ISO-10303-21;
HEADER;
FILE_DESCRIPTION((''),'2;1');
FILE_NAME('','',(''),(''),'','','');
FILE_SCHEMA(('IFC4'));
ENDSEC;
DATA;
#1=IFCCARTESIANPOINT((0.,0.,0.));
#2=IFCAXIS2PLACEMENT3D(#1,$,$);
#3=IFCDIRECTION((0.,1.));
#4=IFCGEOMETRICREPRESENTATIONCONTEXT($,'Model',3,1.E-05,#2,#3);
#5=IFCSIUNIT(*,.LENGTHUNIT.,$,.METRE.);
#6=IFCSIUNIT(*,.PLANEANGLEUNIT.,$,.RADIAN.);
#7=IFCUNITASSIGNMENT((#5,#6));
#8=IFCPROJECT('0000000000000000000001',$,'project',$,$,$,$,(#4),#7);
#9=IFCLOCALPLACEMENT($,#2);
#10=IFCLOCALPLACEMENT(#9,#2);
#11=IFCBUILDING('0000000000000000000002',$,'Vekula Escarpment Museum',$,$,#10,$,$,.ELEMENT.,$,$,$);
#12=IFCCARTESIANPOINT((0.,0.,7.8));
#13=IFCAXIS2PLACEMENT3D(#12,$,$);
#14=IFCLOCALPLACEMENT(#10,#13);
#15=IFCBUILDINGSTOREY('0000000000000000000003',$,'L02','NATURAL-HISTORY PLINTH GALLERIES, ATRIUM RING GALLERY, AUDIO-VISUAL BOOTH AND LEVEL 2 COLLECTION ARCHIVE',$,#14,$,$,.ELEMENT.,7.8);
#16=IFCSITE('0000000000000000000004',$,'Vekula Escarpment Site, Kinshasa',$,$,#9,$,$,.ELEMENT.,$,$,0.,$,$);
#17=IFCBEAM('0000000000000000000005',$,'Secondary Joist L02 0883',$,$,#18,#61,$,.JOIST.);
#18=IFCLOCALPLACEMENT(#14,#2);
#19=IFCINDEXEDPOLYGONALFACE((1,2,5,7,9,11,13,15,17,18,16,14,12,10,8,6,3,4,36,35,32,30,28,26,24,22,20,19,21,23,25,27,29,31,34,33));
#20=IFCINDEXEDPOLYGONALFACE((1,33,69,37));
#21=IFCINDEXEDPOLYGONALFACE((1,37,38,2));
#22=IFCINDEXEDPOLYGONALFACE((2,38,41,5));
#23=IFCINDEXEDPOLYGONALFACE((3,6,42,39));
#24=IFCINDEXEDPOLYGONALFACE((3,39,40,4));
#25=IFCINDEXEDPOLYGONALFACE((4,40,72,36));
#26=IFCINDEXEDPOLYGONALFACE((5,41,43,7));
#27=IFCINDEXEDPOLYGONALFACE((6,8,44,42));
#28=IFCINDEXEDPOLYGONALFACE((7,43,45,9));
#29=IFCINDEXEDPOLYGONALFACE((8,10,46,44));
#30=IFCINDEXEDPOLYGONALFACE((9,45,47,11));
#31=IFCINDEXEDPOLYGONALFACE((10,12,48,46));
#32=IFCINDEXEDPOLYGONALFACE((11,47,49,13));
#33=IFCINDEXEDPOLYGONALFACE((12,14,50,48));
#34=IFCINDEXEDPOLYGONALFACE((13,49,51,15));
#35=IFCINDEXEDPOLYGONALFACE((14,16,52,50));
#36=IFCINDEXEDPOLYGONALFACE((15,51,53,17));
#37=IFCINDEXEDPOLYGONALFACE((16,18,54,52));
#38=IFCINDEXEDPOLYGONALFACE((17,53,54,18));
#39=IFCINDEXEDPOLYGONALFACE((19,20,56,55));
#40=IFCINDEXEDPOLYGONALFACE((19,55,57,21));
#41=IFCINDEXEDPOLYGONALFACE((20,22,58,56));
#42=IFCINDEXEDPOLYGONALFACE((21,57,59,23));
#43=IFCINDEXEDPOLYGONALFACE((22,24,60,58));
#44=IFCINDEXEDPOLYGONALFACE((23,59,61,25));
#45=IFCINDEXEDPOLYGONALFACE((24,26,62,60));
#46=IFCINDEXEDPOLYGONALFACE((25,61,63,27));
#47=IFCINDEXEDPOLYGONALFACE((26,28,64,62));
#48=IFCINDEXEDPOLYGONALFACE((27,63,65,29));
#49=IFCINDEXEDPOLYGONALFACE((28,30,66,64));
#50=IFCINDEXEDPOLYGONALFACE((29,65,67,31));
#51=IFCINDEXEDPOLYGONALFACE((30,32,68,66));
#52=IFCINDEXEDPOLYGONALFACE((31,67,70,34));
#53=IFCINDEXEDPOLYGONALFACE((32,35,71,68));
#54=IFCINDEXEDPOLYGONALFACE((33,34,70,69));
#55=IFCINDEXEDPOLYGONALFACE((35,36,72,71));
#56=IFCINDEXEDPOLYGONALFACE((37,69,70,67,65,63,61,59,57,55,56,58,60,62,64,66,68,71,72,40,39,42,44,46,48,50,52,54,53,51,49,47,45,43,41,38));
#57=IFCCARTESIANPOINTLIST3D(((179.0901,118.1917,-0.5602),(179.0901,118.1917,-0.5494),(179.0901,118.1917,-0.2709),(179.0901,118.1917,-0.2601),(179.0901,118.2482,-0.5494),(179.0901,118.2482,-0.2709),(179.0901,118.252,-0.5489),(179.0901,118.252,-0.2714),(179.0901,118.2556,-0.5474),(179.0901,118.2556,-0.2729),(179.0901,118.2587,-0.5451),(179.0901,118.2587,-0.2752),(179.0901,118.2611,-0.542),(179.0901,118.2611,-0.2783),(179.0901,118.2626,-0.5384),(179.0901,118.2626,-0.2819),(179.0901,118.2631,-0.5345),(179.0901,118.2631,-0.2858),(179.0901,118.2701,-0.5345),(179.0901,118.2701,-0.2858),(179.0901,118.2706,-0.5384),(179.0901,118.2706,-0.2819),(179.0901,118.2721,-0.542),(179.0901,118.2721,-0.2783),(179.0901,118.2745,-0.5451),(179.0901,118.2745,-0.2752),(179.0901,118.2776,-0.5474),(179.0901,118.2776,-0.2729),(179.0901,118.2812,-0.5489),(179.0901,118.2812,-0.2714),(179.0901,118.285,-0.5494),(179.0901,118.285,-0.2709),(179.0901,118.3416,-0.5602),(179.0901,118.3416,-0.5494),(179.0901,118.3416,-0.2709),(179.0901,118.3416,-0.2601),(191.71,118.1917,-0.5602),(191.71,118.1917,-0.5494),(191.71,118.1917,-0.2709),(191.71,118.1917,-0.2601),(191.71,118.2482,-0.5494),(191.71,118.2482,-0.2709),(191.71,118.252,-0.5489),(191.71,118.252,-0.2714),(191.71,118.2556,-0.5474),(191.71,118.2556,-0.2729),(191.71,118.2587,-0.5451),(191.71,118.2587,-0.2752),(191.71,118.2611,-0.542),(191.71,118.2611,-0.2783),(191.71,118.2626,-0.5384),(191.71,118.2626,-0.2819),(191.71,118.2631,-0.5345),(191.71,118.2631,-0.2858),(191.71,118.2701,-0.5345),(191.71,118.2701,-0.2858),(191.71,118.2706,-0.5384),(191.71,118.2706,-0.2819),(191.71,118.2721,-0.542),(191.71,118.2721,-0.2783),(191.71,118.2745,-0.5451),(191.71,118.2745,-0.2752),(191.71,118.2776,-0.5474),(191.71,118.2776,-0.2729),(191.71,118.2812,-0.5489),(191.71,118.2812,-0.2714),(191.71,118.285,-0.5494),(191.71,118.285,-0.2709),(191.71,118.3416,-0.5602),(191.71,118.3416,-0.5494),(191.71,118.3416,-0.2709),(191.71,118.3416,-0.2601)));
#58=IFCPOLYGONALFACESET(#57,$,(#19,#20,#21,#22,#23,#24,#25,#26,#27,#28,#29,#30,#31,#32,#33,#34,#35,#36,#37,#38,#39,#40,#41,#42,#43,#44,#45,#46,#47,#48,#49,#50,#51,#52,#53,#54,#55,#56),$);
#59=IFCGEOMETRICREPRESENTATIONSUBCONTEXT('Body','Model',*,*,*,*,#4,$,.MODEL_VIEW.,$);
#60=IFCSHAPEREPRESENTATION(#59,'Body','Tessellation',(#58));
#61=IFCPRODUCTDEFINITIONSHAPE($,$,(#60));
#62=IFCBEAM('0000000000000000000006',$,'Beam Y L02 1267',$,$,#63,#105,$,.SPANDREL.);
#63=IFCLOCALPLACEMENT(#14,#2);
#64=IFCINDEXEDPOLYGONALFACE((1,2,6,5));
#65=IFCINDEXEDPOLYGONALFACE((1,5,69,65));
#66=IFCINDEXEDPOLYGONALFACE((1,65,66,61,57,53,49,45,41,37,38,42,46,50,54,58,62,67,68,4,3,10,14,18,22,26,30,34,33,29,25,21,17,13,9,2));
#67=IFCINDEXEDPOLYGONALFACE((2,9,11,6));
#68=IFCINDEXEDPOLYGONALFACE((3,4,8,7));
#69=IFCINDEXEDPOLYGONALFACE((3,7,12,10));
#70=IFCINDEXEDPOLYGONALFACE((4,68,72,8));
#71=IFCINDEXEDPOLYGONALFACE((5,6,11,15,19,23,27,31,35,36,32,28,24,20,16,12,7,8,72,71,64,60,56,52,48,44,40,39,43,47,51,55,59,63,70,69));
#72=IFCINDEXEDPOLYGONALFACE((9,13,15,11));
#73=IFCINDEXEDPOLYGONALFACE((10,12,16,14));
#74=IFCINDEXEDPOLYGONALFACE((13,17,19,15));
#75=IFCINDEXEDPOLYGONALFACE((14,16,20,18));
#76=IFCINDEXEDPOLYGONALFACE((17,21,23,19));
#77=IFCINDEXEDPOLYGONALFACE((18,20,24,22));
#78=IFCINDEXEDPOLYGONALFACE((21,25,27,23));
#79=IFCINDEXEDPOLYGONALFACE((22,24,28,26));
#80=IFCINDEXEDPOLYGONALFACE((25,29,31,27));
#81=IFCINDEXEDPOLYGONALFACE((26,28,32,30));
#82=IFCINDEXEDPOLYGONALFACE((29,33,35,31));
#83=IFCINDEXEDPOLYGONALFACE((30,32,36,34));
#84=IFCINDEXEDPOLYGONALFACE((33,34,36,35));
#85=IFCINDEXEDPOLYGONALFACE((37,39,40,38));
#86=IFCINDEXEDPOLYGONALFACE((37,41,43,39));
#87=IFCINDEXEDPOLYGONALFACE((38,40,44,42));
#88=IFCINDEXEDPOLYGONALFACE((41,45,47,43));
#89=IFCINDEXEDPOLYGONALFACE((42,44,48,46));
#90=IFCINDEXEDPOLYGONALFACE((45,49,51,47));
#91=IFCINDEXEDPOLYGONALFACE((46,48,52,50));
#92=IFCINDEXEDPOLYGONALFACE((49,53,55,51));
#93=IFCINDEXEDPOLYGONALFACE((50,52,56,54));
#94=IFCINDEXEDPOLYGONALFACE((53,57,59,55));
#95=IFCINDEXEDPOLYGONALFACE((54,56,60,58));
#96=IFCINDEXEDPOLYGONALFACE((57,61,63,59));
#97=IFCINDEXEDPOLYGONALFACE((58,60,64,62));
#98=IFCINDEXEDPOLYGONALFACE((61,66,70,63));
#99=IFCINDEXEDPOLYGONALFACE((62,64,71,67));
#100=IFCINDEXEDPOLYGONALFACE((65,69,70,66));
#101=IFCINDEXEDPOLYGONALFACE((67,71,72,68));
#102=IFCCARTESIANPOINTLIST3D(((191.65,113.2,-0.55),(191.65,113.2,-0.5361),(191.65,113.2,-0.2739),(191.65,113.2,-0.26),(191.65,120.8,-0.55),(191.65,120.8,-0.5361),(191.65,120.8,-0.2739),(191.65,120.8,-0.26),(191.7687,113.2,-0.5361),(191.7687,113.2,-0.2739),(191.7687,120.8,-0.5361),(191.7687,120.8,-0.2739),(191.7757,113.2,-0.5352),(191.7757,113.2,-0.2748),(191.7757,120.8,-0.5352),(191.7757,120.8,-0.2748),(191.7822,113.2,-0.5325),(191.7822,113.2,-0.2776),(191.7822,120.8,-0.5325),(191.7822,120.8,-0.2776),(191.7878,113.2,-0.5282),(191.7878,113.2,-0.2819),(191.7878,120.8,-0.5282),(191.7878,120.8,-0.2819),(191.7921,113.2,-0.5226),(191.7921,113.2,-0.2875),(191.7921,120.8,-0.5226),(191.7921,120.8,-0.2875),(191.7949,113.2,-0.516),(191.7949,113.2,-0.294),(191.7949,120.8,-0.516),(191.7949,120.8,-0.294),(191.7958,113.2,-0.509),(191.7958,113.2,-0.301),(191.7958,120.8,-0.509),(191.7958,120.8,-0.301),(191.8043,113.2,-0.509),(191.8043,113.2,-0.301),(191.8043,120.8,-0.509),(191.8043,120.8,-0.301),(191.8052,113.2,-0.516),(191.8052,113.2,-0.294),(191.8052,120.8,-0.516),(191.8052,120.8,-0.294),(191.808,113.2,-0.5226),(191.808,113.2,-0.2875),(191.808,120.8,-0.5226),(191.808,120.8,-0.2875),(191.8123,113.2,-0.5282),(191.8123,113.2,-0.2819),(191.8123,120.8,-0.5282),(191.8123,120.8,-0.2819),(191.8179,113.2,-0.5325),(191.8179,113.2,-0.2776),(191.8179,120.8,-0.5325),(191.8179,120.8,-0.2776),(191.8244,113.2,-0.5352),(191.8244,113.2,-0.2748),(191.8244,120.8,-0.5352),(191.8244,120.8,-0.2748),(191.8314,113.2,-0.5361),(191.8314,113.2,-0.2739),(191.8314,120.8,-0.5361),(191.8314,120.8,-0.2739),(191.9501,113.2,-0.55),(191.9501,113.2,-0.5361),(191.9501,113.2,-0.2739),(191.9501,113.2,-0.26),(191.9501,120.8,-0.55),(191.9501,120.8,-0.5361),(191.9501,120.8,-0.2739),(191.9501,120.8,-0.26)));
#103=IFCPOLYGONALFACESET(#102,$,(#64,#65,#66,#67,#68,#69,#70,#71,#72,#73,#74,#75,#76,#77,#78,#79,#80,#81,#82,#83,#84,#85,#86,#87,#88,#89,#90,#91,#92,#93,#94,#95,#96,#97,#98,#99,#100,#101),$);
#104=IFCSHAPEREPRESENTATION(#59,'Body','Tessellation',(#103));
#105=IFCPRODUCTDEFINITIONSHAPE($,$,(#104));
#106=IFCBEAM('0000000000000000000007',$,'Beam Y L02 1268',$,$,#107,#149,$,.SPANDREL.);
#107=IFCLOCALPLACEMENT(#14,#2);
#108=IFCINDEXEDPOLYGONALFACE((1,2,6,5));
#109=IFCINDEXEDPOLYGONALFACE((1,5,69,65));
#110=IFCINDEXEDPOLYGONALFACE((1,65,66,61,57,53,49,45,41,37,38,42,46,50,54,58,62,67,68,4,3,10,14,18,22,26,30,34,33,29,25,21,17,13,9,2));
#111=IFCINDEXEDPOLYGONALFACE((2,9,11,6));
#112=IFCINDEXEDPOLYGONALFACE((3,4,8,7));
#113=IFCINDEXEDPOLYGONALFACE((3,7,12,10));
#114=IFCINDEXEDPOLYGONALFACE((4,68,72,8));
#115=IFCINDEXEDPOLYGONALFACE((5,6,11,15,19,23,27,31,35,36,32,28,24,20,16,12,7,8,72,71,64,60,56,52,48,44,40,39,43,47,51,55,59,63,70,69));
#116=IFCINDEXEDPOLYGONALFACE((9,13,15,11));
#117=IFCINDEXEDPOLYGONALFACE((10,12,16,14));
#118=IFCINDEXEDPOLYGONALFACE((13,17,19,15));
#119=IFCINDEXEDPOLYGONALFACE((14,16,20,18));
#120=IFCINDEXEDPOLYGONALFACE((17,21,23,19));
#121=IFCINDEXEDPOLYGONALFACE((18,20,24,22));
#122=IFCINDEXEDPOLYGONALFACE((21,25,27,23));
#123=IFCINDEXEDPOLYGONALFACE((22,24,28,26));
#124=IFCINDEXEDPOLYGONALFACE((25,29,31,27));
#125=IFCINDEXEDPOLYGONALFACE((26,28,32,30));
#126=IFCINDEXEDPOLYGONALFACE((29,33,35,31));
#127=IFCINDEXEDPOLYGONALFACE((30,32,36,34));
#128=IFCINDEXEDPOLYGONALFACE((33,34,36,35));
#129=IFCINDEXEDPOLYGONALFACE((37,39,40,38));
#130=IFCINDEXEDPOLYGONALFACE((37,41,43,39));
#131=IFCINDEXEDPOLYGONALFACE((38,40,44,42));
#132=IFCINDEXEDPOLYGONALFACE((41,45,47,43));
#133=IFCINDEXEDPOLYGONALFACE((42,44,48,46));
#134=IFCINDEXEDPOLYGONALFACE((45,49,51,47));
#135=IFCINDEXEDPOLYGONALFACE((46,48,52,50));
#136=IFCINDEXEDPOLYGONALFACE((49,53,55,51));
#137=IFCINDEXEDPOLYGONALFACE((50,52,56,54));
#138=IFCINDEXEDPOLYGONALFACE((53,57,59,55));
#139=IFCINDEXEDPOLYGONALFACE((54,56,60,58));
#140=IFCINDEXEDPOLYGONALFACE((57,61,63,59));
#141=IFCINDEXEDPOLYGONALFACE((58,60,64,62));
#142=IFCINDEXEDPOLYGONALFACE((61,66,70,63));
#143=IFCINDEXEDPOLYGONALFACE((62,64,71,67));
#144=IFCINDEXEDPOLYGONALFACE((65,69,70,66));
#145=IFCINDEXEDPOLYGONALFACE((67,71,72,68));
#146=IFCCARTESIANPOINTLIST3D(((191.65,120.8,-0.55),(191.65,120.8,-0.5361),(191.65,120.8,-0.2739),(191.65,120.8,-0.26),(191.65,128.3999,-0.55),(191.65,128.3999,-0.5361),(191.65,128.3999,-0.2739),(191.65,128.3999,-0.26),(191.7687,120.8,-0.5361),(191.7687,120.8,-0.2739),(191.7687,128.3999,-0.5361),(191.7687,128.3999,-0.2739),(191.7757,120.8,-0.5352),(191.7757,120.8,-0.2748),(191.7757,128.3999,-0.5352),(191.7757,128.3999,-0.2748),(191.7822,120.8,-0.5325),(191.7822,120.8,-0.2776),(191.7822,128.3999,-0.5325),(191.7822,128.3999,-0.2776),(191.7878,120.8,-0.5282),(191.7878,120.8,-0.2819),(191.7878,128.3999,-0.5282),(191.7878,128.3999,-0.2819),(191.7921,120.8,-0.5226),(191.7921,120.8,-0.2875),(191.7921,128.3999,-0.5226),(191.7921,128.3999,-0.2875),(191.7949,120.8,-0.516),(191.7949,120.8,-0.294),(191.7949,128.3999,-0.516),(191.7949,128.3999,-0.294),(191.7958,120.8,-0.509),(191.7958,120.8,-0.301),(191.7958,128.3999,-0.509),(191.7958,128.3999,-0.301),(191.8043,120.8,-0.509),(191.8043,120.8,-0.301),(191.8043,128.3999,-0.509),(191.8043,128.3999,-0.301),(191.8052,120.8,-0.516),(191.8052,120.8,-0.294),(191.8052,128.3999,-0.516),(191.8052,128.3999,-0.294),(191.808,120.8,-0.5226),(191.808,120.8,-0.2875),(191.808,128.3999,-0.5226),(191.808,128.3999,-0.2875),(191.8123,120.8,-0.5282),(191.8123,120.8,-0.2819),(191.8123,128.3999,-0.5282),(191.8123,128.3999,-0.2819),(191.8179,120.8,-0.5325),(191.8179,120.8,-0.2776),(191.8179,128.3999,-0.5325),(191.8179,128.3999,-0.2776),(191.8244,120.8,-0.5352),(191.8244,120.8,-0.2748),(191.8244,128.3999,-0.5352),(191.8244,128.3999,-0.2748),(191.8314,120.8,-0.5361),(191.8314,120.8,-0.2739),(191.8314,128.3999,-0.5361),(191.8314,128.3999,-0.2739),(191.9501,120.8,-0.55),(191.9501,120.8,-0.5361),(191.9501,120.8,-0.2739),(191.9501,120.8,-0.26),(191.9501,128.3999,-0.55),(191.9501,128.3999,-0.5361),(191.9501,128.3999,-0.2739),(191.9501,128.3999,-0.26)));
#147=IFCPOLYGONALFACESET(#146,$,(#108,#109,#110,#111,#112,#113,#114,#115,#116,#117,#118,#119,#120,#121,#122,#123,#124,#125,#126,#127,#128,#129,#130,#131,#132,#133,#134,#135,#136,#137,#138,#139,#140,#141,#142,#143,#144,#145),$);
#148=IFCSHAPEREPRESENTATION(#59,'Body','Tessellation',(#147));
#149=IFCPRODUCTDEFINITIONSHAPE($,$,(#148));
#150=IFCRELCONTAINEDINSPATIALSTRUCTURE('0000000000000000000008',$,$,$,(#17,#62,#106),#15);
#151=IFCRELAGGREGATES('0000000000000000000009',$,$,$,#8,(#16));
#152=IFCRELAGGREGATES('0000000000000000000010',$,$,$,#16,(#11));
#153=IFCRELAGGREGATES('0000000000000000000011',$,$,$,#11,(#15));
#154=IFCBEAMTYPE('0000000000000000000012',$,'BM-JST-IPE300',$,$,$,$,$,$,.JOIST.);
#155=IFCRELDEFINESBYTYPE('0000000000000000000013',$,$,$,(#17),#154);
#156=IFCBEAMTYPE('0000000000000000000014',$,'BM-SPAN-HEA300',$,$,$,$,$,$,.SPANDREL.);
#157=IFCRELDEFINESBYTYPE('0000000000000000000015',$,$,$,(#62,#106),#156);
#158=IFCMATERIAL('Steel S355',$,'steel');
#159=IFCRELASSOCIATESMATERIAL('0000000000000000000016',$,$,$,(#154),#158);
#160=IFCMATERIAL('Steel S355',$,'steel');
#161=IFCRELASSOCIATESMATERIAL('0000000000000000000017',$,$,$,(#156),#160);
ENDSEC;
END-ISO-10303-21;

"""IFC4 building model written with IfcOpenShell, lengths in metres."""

from ifc_helpers import new_model, si_unit, direction, frame, origin, origin_2d, place, context, subcontext, project, spatial, i_section, extrude, material, material_profile, profile_set, type_object, element, save


model = new_model("IFC4")

# Units and contexts
model_context = context("Model", 3, precision=1e-05, world=origin(), true_north=direction((0.0, 1.0)))
body_context = subcontext(model_context, "Body", "Model", "MODEL_VIEW")
ifc_project = project(units=[si_unit("LENGTHUNIT", "METRE"), si_unit("PLANEANGLEUNIT", "RADIAN")], contexts=[model_context])

# Site, building, storey
site_placement = place(None, origin())
site = spatial("IfcSite", under=ifc_project, at=site_placement, Name="Vekula Escarpment Site, Kinshasa", CompositionType="ELEMENT", RefElevation=0.0)
building_placement = place(site_placement, origin())
building = spatial("IfcBuilding", under=site, at=building_placement, Name="Vekula Escarpment Museum", CompositionType="ELEMENT")
storey_placement = place(building_placement, frame((0.0, 0.0, 7.8)))
storey = spatial("IfcBuildingStorey", under=building, at=storey_placement, Name="L02", Description="NATURAL-HISTORY PLINTH GALLERIES, ATRIUM RING GALLERY, AUDIO-VISUAL BOOTH AND LEVEL 2 COLLECTION ARCHIVE", CompositionType="ELEMENT", Elevation=7.8)

# Beams
ifc_material_1 = material(Name="Steel S355", Category="steel")
ifc_material_profile_1 = material_profile(ifc_material_1, i_section(OverallWidth=0.1499, OverallDepth=0.3, WebThickness=0.0071, FlangeThickness=0.0107, FilletRadius=0.0149, at=origin_2d()), Name="IPE 300")
ifc_profile_set_1 = profile_set([ifc_material_profile_1], Name="Steel S355")
beam_type_1 = type_object("IfcBeamType", Name="BM-JST-IPE300", PredefinedType="JOIST", material=ifc_profile_set_1)
for number, where, z_axis, x_axis, name in (
    (1, (179.0901, 118.2666, -0.4102), (1.0, 0.0, 0.0), (0.0, 1.0, 0.0), "Secondary Joist L02 0883"),
):
    element("IfcBeam", number, at=place(storey_placement, frame(where, z_axis=z_axis, x_axis=x_axis)), inside=storey, type_object=beam_type_1, Name=name, PredefinedType="JOIST", context=body_context, shape_type="SweptSolid", body=[
        extrude(i_section(OverallWidth=0.1499, OverallDepth=0.3, WebThickness=0.0071, FlangeThickness=0.0107, FilletRadius=0.0149, at=origin_2d()), origin(), (0.0, 0.0, 1.0), 12.6199),
    ])
ifc_material_2 = material(Name="Steel S355", Category="steel")
ifc_material_profile_2 = material_profile(ifc_material_2, i_section(OverallWidth=0.3, OverallDepth=0.29, WebThickness=0.0085, FlangeThickness=0.0139, FilletRadius=0.0271, at=origin_2d()), Name="HEA 300")
ifc_profile_set_2 = profile_set([ifc_material_profile_2], Name="Steel S355")
beam_type_2 = type_object("IfcBeamType", Name="BM-SPAN-HEA300", PredefinedType="SPANDREL", material=ifc_profile_set_2)
beam_1_placement = place(storey_placement, frame((191.8, 113.2, -0.405), z_axis=(0.0, 1.0, 0.0), x_axis=(-1.0, 0.0, 0.0)))
element("IfcBeam", 2, at=beam_1_placement, inside=storey, type_object=beam_type_2, Name="Beam Y L02 1267", PredefinedType="SPANDREL", context=body_context, shape_type="SweptSolid", body=[
    extrude(i_section(OverallWidth=0.3, OverallDepth=0.29, WebThickness=0.0085, FlangeThickness=0.0139, FilletRadius=0.0271, at=origin_2d()), origin(), (0.0, 0.0, 1.0), 7.6001),
])
beam_2_placement = place(storey_placement, frame((191.8, 120.8, -0.405), z_axis=(0.0, 1.0, 0.0), x_axis=(-1.0, 0.0, 0.0)))
element("IfcBeam", 3, at=beam_2_placement, inside=storey, type_object=beam_type_2, Name="Beam Y L02 1268", PredefinedType="SPANDREL", context=body_context, shape_type="SweptSolid", body=[
    extrude(i_section(OverallWidth=0.3, OverallDepth=0.29, WebThickness=0.0085, FlangeThickness=0.0139, FilletRadius=0.0271, at=origin_2d()), origin(), (0.0, 0.0, 1.0), 7.5999),
])

save(model, "model.ifc")
